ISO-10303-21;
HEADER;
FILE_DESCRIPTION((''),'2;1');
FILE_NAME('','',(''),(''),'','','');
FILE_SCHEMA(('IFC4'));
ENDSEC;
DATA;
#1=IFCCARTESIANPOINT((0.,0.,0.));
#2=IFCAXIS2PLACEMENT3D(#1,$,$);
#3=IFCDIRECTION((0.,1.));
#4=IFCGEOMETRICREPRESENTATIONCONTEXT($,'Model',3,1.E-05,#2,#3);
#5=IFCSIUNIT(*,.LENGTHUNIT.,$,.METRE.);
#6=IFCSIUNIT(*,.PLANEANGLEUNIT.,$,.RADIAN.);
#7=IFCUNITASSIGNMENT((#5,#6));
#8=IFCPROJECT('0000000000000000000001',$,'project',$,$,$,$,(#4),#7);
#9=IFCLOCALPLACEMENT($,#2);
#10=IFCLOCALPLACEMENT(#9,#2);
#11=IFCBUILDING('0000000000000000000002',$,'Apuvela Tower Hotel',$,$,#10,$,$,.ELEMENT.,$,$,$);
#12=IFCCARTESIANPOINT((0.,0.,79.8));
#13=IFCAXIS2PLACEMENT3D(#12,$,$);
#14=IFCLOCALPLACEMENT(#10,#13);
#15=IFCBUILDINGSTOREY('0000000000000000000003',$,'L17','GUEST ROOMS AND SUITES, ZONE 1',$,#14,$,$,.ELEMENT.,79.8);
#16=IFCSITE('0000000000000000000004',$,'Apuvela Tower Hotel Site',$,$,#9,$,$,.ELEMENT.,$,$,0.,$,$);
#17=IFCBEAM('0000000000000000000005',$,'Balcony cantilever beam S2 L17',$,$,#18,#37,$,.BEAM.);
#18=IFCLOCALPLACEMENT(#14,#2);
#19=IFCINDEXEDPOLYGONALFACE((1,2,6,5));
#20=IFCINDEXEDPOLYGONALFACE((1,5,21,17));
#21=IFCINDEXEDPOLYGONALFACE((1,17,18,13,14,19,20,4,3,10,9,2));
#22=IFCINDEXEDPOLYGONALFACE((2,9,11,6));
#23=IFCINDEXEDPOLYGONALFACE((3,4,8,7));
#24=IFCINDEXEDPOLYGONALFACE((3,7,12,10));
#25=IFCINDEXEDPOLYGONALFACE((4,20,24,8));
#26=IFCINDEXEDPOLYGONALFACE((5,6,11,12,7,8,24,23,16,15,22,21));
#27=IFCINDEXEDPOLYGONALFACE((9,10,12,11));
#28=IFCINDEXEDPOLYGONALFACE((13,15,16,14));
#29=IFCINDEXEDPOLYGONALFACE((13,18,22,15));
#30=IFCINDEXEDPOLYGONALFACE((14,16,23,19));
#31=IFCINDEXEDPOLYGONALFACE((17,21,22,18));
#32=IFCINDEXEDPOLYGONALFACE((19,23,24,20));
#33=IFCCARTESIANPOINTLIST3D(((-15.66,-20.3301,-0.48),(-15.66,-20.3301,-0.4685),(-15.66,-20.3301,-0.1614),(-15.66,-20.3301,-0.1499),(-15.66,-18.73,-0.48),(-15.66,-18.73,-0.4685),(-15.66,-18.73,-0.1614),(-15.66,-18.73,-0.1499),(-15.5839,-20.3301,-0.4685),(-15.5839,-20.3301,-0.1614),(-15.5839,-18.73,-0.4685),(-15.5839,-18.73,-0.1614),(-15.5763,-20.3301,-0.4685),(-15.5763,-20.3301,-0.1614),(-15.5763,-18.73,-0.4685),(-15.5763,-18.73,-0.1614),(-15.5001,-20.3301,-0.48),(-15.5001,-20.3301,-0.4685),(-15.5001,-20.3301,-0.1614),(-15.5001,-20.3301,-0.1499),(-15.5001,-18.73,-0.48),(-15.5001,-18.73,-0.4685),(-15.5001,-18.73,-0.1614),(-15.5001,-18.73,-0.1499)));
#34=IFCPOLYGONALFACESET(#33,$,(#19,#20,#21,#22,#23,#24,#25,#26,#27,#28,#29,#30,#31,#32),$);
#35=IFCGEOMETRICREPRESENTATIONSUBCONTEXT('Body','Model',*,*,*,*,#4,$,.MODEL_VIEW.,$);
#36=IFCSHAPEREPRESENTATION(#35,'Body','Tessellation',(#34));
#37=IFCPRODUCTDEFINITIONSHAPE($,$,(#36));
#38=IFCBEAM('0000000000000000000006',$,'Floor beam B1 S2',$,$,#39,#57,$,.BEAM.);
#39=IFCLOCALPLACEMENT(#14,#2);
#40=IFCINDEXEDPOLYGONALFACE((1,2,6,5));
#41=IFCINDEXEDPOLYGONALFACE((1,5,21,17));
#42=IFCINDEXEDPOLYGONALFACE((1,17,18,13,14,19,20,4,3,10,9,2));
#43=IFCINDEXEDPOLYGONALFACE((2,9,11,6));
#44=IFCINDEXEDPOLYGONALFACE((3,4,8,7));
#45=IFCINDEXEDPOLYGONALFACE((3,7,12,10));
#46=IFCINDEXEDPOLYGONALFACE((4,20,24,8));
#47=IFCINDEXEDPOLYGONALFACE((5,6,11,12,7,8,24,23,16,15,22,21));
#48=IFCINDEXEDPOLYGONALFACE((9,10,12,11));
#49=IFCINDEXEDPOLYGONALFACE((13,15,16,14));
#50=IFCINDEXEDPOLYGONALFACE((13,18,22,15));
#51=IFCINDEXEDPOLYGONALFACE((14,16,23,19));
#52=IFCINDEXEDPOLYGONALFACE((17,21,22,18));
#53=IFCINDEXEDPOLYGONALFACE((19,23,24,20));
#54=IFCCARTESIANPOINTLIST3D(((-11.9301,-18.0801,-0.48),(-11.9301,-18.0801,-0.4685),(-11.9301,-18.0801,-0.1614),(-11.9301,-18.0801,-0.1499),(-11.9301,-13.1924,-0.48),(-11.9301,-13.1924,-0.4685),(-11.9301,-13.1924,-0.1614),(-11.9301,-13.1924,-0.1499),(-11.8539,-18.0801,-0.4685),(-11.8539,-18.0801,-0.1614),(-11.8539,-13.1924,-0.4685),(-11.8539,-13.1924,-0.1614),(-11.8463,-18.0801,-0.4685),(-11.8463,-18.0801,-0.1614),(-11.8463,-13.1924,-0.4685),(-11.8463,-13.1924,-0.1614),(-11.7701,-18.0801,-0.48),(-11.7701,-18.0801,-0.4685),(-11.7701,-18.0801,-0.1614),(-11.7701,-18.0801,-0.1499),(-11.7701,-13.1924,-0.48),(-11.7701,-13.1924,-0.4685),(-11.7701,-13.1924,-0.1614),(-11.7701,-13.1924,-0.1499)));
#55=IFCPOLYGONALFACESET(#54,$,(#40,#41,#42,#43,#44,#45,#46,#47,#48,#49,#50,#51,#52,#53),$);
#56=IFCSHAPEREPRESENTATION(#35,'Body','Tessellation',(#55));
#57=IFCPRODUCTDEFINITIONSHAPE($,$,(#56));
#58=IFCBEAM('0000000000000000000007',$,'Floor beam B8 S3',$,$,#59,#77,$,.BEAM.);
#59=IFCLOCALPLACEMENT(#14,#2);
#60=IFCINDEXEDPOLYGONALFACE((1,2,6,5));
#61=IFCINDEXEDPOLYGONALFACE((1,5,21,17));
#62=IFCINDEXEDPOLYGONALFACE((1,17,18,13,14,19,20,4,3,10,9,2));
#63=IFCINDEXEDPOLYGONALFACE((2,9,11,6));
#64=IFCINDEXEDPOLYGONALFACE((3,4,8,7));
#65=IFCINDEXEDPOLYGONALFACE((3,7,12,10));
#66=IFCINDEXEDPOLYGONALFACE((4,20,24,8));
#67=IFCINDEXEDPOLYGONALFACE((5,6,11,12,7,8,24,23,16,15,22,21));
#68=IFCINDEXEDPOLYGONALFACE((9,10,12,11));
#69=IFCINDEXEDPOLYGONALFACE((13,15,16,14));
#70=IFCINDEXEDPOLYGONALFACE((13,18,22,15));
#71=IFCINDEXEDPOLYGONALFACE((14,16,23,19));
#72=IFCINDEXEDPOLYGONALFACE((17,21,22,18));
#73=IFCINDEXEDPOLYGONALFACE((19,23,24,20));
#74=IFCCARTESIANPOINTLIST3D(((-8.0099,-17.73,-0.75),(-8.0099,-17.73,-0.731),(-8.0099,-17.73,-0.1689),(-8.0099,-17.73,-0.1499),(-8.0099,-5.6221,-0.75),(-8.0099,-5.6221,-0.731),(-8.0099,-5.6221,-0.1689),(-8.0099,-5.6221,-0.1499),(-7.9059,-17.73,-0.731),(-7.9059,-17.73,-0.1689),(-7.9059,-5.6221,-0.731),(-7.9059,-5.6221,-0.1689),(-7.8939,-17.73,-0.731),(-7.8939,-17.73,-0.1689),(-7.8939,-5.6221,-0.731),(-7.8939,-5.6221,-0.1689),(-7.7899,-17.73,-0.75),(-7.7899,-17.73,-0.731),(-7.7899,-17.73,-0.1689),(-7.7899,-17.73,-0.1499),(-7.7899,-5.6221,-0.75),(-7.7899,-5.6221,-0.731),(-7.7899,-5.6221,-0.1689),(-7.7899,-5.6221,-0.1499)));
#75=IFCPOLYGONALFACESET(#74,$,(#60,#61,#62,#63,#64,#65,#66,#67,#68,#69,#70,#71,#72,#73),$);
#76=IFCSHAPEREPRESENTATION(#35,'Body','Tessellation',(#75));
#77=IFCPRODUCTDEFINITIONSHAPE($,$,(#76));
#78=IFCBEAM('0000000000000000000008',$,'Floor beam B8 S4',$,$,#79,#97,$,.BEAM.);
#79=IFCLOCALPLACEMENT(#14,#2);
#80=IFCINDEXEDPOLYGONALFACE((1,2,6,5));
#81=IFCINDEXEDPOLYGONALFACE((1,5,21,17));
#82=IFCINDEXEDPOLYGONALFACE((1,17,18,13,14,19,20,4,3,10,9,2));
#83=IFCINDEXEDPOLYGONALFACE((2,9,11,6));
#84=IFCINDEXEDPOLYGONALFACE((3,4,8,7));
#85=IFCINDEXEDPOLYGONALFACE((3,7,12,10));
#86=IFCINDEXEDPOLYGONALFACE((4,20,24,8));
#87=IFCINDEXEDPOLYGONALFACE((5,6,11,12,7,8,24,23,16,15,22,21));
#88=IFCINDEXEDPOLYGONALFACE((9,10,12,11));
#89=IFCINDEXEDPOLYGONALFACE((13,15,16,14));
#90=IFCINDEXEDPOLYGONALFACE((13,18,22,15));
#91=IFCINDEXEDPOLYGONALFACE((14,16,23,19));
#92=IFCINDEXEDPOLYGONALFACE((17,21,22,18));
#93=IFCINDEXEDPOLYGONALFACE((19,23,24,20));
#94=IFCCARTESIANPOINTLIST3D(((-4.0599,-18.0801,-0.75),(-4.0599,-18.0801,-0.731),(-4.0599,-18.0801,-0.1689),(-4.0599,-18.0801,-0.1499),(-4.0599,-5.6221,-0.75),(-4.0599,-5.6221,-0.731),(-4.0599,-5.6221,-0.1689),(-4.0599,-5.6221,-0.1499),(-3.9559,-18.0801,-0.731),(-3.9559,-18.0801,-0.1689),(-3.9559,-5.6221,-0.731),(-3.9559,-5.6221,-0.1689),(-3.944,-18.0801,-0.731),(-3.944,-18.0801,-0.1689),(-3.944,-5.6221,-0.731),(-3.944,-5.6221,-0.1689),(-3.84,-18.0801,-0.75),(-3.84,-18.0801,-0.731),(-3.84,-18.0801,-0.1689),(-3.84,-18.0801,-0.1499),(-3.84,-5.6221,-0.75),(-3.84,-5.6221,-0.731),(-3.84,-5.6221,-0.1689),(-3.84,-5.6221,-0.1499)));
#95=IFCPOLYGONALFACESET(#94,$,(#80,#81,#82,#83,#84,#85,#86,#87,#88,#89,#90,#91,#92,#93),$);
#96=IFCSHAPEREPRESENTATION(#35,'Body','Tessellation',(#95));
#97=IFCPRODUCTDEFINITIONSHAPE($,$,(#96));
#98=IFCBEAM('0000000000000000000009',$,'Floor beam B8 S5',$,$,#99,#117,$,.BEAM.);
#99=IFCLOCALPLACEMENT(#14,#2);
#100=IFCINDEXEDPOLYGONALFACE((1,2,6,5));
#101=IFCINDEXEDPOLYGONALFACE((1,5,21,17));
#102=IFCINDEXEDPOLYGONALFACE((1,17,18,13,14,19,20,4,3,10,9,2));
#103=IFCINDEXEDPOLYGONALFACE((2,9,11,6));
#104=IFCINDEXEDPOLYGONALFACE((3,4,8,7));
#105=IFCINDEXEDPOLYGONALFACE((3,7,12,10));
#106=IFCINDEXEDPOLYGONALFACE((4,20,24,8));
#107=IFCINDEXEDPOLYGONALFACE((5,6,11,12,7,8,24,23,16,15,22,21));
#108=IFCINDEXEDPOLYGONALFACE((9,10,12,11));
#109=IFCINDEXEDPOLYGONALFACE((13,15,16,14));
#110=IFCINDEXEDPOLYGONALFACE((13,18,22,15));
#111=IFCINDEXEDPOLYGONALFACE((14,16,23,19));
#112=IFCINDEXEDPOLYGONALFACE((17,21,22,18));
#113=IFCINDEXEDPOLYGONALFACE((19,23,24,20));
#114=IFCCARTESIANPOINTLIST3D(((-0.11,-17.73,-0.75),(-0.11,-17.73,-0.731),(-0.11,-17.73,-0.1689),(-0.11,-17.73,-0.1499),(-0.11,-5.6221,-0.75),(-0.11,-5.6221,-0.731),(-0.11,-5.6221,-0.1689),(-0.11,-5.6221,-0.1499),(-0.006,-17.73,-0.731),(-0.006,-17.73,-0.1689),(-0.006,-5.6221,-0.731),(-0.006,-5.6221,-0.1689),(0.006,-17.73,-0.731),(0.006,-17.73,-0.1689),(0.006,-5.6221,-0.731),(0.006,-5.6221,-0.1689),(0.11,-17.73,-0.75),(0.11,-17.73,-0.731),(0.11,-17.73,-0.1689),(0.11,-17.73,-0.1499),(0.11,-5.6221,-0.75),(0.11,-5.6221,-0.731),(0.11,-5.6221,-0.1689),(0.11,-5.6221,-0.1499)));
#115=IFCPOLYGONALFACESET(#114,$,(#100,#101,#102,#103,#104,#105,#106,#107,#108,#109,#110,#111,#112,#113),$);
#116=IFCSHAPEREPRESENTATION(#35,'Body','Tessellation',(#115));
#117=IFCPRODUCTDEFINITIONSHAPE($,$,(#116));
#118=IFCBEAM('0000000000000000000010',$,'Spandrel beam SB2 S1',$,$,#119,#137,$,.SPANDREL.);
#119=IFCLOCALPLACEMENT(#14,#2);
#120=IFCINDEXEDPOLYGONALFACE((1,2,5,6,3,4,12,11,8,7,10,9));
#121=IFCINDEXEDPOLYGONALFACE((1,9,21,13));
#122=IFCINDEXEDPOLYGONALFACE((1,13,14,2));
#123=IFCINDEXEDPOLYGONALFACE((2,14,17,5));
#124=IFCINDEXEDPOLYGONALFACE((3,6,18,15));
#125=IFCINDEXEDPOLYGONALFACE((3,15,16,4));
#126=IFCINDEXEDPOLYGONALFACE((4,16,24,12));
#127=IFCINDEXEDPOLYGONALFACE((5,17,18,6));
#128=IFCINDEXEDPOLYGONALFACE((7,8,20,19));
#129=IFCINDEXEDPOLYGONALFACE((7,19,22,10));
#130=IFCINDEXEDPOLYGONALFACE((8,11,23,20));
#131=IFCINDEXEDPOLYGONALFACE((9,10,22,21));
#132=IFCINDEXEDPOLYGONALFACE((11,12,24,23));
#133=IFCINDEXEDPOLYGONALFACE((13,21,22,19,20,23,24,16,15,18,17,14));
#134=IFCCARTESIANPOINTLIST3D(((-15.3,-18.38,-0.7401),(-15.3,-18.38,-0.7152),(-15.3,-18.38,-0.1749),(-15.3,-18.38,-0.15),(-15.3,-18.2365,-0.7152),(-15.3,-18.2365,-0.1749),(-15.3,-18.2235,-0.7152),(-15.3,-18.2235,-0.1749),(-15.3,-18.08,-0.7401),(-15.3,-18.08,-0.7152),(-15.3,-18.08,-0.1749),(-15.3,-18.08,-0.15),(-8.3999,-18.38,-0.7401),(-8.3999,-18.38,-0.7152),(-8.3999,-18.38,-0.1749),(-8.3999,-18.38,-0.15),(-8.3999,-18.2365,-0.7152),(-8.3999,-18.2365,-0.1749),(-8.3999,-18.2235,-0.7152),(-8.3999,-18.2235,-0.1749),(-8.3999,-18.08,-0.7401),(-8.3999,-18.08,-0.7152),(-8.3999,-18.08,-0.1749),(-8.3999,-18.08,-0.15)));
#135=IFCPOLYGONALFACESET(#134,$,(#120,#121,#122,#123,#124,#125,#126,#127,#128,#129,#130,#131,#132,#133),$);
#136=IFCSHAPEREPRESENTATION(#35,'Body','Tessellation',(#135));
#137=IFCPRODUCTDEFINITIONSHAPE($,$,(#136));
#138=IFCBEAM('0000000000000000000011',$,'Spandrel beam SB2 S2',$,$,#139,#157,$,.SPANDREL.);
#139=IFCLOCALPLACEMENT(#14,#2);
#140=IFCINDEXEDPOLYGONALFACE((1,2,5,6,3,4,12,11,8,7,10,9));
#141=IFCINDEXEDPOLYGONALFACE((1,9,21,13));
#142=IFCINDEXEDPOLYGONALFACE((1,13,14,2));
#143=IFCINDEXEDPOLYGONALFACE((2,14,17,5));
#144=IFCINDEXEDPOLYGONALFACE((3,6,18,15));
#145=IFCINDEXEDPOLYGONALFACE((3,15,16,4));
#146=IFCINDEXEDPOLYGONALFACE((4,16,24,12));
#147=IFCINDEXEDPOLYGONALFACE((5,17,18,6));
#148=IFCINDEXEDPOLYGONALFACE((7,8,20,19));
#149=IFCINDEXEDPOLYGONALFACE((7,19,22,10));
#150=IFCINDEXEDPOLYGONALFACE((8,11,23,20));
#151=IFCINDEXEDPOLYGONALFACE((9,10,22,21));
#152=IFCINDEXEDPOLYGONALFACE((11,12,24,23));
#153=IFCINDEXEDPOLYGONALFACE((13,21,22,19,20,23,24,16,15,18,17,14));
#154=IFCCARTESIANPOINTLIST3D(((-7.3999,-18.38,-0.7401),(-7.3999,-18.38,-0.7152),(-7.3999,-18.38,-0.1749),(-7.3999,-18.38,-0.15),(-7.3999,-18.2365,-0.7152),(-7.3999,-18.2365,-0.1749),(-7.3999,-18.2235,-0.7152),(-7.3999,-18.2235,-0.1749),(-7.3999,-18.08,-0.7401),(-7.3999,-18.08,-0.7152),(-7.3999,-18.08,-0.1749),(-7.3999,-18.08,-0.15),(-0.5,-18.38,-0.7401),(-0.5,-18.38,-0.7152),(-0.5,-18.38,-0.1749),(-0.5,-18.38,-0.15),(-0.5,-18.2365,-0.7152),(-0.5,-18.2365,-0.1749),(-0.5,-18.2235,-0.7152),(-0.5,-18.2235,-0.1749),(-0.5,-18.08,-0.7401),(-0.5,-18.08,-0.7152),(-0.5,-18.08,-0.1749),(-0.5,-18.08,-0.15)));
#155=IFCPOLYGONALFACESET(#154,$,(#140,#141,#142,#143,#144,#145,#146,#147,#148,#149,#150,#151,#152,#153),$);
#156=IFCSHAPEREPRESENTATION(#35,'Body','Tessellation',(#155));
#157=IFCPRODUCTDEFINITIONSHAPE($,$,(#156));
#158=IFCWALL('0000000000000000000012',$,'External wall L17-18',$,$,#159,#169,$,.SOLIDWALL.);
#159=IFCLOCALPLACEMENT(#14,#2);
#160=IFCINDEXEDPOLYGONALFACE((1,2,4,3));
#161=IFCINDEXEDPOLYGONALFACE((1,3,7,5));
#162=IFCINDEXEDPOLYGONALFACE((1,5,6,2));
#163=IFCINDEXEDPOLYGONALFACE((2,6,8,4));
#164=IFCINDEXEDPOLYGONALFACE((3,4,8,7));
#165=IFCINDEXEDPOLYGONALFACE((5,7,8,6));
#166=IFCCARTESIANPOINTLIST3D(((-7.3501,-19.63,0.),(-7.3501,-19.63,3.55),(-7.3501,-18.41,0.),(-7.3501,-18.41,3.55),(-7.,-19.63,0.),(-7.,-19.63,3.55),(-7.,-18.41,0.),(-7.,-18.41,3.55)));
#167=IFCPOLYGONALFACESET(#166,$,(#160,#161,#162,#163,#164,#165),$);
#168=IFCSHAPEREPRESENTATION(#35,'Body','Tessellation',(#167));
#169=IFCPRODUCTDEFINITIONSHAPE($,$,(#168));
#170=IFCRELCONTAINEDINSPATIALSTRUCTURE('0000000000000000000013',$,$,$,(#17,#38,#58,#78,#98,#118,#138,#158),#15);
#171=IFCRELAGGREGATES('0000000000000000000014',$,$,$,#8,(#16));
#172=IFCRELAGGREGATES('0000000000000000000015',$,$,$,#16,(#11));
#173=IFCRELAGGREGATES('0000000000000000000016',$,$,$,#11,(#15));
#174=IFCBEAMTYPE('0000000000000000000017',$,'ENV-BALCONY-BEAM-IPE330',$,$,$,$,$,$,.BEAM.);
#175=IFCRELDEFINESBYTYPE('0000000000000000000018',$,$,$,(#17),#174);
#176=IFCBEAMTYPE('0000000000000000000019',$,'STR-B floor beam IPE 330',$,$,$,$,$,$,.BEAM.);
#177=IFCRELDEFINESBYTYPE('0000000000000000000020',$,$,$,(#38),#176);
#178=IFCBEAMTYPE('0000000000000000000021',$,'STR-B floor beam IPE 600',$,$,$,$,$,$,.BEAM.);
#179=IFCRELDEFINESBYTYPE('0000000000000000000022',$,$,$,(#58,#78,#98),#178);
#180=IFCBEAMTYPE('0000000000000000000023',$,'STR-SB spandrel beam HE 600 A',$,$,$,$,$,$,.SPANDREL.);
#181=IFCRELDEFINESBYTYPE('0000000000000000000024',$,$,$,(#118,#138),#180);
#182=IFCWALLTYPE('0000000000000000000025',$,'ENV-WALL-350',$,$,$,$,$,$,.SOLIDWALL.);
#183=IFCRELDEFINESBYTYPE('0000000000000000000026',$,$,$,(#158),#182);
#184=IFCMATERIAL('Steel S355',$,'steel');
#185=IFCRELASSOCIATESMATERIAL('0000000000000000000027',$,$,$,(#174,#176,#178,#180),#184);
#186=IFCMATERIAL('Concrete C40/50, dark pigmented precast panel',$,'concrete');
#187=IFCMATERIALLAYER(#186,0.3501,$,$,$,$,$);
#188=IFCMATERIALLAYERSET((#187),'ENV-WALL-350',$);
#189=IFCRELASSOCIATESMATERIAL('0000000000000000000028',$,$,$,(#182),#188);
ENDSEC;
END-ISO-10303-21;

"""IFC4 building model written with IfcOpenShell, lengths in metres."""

from ifc_helpers import new_model, si_unit, direction, frame, frame_2d, origin, origin_2d, place, context, subcontext, project, spatial, rectangle, i_section, extrude, material, layer, layer_set, material_profile, profile_set, type_object, element, save


model = new_model("IFC4")

# Units and contexts
model_context = context("Model", 3, precision=1e-05, world=origin(), true_north=direction((0.0, 1.0)))
body_context = subcontext(model_context, "Body", "Model", "MODEL_VIEW")
ifc_project = project(units=[si_unit("LENGTHUNIT", "METRE"), si_unit("PLANEANGLEUNIT", "RADIAN")], contexts=[model_context])

# Site, building, storey
site_placement = place(None, origin())
site = spatial("IfcSite", under=ifc_project, at=site_placement, Name="Apuvela Tower Hotel Site", CompositionType="ELEMENT", RefElevation=0.0)
building_placement = place(site_placement, origin())
building = spatial("IfcBuilding", under=site, at=building_placement, Name="Apuvela Tower Hotel", CompositionType="ELEMENT")
storey_placement = place(building_placement, frame((0.0, 0.0, 79.8)))
storey = spatial("IfcBuildingStorey", under=building, at=storey_placement, Name="L17", Description="GUEST ROOMS AND SUITES, ZONE 1", CompositionType="ELEMENT", Elevation=79.8)

# Beams
ifc_material_1 = material(Name="Steel S355", Category="steel")
ifc_material_profile_1 = material_profile(ifc_material_1, i_section(OverallWidth=0.1599, OverallDepth=0.3301, WebThickness=0.0076, FlangeThickness=0.0115, at=origin_2d()), Name="IPE 330")
ifc_profile_set_1 = profile_set([ifc_material_profile_1], Name="Steel S355")
beam_type_1 = type_object("IfcBeamType", Name="ENV-BALCONY-BEAM-IPE330", PredefinedType="BEAM", material=ifc_profile_set_1)
beam_1_placement = place(storey_placement, frame((-15.5801, -18.73, -0.3149), z_axis=(0.0, -1.0, 0.0), x_axis=(1.0, 0.0, 0.0)))
element("IfcBeam", 1, at=beam_1_placement, inside=storey, type_object=beam_type_1, Name="Balcony cantilever beam S2 L17", PredefinedType="BEAM", context=body_context, shape_type="SweptSolid", body=[
    extrude(i_section(OverallWidth=0.1599, OverallDepth=0.3301, WebThickness=0.0076, FlangeThickness=0.0115, at=origin_2d()), origin(), (0.0, 0.0, 1.0), 1.6001),
])
ifc_material_profile_2 = material_profile(ifc_material_1, i_section(OverallWidth=0.1599, OverallDepth=0.3301, WebThickness=0.0076, FlangeThickness=0.0115, at=origin_2d()), Name="IPE 330")
ifc_profile_set_2 = profile_set([ifc_material_profile_2], Name="Steel S355")
beam_type_2 = type_object("IfcBeamType", Name="STR-B floor beam IPE 330", PredefinedType="BEAM", material=ifc_profile_set_2)
beam_2_placement = place(storey_placement, frame((-11.8501, -18.0801, -0.3149), z_axis=(0.0, 1.0, 0.0), x_axis=(-1.0, 0.0, 0.0)))
element("IfcBeam", 2, at=beam_2_placement, inside=storey, type_object=beam_type_2, Name="Floor beam B1 S2", PredefinedType="BEAM", context=body_context, shape_type="SweptSolid", body=[
    extrude(i_section(OverallWidth=0.1599, OverallDepth=0.3301, WebThickness=0.0076, FlangeThickness=0.0115, at=origin_2d()), origin(), (0.0, 0.0, 1.0), 4.8877),
])
ifc_material_profile_3 = material_profile(ifc_material_1, i_section(OverallWidth=0.22, OverallDepth=0.6001, WebThickness=0.012, FlangeThickness=0.019, at=origin_2d()), Name="IPE 600")
ifc_profile_set_3 = profile_set([ifc_material_profile_3], Name="Steel S355")
beam_type_3 = type_object("IfcBeamType", Name="STR-B floor beam IPE 600", PredefinedType="BEAM", material=ifc_profile_set_3)
beam_3_placement = place(storey_placement, frame((-7.8999, -17.73, -0.45), z_axis=(0.0, 1.0, 0.0), x_axis=(-1.0, 0.0, 0.0)))
element("IfcBeam", 3, at=beam_3_placement, inside=storey, type_object=beam_type_3, Name="Floor beam B8 S3", PredefinedType="BEAM", context=body_context, shape_type="SweptSolid", body=[
    extrude(i_section(OverallWidth=0.22, OverallDepth=0.6001, WebThickness=0.012, FlangeThickness=0.019, at=origin_2d()), origin(), (0.0, 0.0, 1.0), 12.1079),
])
beam_4_placement = place(storey_placement, frame((-3.95, -18.0801, -0.45), z_axis=(0.0, 1.0, 0.0), x_axis=(-1.0, 0.0, 0.0)))
element("IfcBeam", 4, at=beam_4_placement, inside=storey, type_object=beam_type_3, Name="Floor beam B8 S4", PredefinedType="BEAM", context=body_context, shape_type="SweptSolid", body=[
    extrude(i_section(OverallWidth=0.22, OverallDepth=0.6001, WebThickness=0.012, FlangeThickness=0.019, at=origin_2d()), origin(), (0.0, 0.0, 1.0), 12.458),
])
beam_5_placement = place(storey_placement, frame((0.0, -17.73, -0.45), z_axis=(0.0, 1.0, 0.0), x_axis=(-1.0, 0.0, 0.0)))
element("IfcBeam", 5, at=beam_5_placement, inside=storey, type_object=beam_type_3, Name="Floor beam B8 S5", PredefinedType="BEAM", context=body_context, shape_type="SweptSolid", body=[
    extrude(i_section(OverallWidth=0.22, OverallDepth=0.6001, WebThickness=0.012, FlangeThickness=0.019, at=origin_2d()), origin(), (0.0, 0.0, 1.0), 12.1079),
])
ifc_material_profile_4 = material_profile(ifc_material_1, i_section(OverallWidth=0.3, OverallDepth=0.5901, WebThickness=0.0129, FlangeThickness=0.0249, at=origin_2d()), Name="HE 600 A")
ifc_profile_set_4 = profile_set([ifc_material_profile_4], Name="Steel S355")
beam_type_4 = type_object("IfcBeamType", Name="STR-SB spandrel beam HE 600 A", PredefinedType="SPANDREL", material=ifc_profile_set_4)
beam_6_placement = place(storey_placement, frame((-15.3, -18.23, -0.4451), z_axis=(1.0, 0.0, 0.0), x_axis=(0.0, 1.0, 0.0)))
element("IfcBeam", 6, at=beam_6_placement, inside=storey, type_object=beam_type_4, Name="Spandrel beam SB2 S1", PredefinedType="SPANDREL", context=body_context, shape_type="SweptSolid", body=[
    extrude(i_section(OverallWidth=0.3, OverallDepth=0.5901, WebThickness=0.0129, FlangeThickness=0.0249, at=origin_2d()), origin(), (0.0, 0.0, 1.0), 6.9001),
])
beam_7_placement = place(storey_placement, frame((-7.3999, -18.23, -0.4451), z_axis=(1.0, 0.0, 0.0), x_axis=(0.0, 1.0, 0.0)))
element("IfcBeam", 7, at=beam_7_placement, inside=storey, type_object=beam_type_4, Name="Spandrel beam SB2 S2", PredefinedType="SPANDREL", context=body_context, shape_type="SweptSolid", body=[
    extrude(i_section(OverallWidth=0.3, OverallDepth=0.5901, WebThickness=0.0129, FlangeThickness=0.0249, at=origin_2d()), origin(), (0.0, 0.0, 1.0), 6.8999),
])

# Wall
ifc_material_2 = material(Name="Concrete C40/50, dark pigmented precast panel", Category="concrete")
ifc_layer_1 = layer(ifc_material_2, 0.3501)
ifc_layer_set_1 = layer_set([ifc_layer_1], Name="ENV-WALL-350")
wall_type_1 = type_object("IfcWallType", Name="ENV-WALL-350", PredefinedType="SOLIDWALL", material=ifc_layer_set_1)
wall_1_placement = place(storey_placement, frame((-7.175, -19.6299, 0.0), z_axis=(0.0, 0.0, 1.0), x_axis=(0.0, 1.0, 0.0)))
element("IfcWall", 8, at=wall_1_placement, inside=storey, type_object=wall_type_1, Name="External wall L17-18", PredefinedType="SOLIDWALL", context=body_context, shape_type="SweptSolid", body=[
    extrude(rectangle(XDim=1.22, YDim=0.3501, at=frame_2d((0.6099, 0.0))), origin(), (0.0, 0.0, 1.0), 3.55),
])

save(model, "model.ifc")
